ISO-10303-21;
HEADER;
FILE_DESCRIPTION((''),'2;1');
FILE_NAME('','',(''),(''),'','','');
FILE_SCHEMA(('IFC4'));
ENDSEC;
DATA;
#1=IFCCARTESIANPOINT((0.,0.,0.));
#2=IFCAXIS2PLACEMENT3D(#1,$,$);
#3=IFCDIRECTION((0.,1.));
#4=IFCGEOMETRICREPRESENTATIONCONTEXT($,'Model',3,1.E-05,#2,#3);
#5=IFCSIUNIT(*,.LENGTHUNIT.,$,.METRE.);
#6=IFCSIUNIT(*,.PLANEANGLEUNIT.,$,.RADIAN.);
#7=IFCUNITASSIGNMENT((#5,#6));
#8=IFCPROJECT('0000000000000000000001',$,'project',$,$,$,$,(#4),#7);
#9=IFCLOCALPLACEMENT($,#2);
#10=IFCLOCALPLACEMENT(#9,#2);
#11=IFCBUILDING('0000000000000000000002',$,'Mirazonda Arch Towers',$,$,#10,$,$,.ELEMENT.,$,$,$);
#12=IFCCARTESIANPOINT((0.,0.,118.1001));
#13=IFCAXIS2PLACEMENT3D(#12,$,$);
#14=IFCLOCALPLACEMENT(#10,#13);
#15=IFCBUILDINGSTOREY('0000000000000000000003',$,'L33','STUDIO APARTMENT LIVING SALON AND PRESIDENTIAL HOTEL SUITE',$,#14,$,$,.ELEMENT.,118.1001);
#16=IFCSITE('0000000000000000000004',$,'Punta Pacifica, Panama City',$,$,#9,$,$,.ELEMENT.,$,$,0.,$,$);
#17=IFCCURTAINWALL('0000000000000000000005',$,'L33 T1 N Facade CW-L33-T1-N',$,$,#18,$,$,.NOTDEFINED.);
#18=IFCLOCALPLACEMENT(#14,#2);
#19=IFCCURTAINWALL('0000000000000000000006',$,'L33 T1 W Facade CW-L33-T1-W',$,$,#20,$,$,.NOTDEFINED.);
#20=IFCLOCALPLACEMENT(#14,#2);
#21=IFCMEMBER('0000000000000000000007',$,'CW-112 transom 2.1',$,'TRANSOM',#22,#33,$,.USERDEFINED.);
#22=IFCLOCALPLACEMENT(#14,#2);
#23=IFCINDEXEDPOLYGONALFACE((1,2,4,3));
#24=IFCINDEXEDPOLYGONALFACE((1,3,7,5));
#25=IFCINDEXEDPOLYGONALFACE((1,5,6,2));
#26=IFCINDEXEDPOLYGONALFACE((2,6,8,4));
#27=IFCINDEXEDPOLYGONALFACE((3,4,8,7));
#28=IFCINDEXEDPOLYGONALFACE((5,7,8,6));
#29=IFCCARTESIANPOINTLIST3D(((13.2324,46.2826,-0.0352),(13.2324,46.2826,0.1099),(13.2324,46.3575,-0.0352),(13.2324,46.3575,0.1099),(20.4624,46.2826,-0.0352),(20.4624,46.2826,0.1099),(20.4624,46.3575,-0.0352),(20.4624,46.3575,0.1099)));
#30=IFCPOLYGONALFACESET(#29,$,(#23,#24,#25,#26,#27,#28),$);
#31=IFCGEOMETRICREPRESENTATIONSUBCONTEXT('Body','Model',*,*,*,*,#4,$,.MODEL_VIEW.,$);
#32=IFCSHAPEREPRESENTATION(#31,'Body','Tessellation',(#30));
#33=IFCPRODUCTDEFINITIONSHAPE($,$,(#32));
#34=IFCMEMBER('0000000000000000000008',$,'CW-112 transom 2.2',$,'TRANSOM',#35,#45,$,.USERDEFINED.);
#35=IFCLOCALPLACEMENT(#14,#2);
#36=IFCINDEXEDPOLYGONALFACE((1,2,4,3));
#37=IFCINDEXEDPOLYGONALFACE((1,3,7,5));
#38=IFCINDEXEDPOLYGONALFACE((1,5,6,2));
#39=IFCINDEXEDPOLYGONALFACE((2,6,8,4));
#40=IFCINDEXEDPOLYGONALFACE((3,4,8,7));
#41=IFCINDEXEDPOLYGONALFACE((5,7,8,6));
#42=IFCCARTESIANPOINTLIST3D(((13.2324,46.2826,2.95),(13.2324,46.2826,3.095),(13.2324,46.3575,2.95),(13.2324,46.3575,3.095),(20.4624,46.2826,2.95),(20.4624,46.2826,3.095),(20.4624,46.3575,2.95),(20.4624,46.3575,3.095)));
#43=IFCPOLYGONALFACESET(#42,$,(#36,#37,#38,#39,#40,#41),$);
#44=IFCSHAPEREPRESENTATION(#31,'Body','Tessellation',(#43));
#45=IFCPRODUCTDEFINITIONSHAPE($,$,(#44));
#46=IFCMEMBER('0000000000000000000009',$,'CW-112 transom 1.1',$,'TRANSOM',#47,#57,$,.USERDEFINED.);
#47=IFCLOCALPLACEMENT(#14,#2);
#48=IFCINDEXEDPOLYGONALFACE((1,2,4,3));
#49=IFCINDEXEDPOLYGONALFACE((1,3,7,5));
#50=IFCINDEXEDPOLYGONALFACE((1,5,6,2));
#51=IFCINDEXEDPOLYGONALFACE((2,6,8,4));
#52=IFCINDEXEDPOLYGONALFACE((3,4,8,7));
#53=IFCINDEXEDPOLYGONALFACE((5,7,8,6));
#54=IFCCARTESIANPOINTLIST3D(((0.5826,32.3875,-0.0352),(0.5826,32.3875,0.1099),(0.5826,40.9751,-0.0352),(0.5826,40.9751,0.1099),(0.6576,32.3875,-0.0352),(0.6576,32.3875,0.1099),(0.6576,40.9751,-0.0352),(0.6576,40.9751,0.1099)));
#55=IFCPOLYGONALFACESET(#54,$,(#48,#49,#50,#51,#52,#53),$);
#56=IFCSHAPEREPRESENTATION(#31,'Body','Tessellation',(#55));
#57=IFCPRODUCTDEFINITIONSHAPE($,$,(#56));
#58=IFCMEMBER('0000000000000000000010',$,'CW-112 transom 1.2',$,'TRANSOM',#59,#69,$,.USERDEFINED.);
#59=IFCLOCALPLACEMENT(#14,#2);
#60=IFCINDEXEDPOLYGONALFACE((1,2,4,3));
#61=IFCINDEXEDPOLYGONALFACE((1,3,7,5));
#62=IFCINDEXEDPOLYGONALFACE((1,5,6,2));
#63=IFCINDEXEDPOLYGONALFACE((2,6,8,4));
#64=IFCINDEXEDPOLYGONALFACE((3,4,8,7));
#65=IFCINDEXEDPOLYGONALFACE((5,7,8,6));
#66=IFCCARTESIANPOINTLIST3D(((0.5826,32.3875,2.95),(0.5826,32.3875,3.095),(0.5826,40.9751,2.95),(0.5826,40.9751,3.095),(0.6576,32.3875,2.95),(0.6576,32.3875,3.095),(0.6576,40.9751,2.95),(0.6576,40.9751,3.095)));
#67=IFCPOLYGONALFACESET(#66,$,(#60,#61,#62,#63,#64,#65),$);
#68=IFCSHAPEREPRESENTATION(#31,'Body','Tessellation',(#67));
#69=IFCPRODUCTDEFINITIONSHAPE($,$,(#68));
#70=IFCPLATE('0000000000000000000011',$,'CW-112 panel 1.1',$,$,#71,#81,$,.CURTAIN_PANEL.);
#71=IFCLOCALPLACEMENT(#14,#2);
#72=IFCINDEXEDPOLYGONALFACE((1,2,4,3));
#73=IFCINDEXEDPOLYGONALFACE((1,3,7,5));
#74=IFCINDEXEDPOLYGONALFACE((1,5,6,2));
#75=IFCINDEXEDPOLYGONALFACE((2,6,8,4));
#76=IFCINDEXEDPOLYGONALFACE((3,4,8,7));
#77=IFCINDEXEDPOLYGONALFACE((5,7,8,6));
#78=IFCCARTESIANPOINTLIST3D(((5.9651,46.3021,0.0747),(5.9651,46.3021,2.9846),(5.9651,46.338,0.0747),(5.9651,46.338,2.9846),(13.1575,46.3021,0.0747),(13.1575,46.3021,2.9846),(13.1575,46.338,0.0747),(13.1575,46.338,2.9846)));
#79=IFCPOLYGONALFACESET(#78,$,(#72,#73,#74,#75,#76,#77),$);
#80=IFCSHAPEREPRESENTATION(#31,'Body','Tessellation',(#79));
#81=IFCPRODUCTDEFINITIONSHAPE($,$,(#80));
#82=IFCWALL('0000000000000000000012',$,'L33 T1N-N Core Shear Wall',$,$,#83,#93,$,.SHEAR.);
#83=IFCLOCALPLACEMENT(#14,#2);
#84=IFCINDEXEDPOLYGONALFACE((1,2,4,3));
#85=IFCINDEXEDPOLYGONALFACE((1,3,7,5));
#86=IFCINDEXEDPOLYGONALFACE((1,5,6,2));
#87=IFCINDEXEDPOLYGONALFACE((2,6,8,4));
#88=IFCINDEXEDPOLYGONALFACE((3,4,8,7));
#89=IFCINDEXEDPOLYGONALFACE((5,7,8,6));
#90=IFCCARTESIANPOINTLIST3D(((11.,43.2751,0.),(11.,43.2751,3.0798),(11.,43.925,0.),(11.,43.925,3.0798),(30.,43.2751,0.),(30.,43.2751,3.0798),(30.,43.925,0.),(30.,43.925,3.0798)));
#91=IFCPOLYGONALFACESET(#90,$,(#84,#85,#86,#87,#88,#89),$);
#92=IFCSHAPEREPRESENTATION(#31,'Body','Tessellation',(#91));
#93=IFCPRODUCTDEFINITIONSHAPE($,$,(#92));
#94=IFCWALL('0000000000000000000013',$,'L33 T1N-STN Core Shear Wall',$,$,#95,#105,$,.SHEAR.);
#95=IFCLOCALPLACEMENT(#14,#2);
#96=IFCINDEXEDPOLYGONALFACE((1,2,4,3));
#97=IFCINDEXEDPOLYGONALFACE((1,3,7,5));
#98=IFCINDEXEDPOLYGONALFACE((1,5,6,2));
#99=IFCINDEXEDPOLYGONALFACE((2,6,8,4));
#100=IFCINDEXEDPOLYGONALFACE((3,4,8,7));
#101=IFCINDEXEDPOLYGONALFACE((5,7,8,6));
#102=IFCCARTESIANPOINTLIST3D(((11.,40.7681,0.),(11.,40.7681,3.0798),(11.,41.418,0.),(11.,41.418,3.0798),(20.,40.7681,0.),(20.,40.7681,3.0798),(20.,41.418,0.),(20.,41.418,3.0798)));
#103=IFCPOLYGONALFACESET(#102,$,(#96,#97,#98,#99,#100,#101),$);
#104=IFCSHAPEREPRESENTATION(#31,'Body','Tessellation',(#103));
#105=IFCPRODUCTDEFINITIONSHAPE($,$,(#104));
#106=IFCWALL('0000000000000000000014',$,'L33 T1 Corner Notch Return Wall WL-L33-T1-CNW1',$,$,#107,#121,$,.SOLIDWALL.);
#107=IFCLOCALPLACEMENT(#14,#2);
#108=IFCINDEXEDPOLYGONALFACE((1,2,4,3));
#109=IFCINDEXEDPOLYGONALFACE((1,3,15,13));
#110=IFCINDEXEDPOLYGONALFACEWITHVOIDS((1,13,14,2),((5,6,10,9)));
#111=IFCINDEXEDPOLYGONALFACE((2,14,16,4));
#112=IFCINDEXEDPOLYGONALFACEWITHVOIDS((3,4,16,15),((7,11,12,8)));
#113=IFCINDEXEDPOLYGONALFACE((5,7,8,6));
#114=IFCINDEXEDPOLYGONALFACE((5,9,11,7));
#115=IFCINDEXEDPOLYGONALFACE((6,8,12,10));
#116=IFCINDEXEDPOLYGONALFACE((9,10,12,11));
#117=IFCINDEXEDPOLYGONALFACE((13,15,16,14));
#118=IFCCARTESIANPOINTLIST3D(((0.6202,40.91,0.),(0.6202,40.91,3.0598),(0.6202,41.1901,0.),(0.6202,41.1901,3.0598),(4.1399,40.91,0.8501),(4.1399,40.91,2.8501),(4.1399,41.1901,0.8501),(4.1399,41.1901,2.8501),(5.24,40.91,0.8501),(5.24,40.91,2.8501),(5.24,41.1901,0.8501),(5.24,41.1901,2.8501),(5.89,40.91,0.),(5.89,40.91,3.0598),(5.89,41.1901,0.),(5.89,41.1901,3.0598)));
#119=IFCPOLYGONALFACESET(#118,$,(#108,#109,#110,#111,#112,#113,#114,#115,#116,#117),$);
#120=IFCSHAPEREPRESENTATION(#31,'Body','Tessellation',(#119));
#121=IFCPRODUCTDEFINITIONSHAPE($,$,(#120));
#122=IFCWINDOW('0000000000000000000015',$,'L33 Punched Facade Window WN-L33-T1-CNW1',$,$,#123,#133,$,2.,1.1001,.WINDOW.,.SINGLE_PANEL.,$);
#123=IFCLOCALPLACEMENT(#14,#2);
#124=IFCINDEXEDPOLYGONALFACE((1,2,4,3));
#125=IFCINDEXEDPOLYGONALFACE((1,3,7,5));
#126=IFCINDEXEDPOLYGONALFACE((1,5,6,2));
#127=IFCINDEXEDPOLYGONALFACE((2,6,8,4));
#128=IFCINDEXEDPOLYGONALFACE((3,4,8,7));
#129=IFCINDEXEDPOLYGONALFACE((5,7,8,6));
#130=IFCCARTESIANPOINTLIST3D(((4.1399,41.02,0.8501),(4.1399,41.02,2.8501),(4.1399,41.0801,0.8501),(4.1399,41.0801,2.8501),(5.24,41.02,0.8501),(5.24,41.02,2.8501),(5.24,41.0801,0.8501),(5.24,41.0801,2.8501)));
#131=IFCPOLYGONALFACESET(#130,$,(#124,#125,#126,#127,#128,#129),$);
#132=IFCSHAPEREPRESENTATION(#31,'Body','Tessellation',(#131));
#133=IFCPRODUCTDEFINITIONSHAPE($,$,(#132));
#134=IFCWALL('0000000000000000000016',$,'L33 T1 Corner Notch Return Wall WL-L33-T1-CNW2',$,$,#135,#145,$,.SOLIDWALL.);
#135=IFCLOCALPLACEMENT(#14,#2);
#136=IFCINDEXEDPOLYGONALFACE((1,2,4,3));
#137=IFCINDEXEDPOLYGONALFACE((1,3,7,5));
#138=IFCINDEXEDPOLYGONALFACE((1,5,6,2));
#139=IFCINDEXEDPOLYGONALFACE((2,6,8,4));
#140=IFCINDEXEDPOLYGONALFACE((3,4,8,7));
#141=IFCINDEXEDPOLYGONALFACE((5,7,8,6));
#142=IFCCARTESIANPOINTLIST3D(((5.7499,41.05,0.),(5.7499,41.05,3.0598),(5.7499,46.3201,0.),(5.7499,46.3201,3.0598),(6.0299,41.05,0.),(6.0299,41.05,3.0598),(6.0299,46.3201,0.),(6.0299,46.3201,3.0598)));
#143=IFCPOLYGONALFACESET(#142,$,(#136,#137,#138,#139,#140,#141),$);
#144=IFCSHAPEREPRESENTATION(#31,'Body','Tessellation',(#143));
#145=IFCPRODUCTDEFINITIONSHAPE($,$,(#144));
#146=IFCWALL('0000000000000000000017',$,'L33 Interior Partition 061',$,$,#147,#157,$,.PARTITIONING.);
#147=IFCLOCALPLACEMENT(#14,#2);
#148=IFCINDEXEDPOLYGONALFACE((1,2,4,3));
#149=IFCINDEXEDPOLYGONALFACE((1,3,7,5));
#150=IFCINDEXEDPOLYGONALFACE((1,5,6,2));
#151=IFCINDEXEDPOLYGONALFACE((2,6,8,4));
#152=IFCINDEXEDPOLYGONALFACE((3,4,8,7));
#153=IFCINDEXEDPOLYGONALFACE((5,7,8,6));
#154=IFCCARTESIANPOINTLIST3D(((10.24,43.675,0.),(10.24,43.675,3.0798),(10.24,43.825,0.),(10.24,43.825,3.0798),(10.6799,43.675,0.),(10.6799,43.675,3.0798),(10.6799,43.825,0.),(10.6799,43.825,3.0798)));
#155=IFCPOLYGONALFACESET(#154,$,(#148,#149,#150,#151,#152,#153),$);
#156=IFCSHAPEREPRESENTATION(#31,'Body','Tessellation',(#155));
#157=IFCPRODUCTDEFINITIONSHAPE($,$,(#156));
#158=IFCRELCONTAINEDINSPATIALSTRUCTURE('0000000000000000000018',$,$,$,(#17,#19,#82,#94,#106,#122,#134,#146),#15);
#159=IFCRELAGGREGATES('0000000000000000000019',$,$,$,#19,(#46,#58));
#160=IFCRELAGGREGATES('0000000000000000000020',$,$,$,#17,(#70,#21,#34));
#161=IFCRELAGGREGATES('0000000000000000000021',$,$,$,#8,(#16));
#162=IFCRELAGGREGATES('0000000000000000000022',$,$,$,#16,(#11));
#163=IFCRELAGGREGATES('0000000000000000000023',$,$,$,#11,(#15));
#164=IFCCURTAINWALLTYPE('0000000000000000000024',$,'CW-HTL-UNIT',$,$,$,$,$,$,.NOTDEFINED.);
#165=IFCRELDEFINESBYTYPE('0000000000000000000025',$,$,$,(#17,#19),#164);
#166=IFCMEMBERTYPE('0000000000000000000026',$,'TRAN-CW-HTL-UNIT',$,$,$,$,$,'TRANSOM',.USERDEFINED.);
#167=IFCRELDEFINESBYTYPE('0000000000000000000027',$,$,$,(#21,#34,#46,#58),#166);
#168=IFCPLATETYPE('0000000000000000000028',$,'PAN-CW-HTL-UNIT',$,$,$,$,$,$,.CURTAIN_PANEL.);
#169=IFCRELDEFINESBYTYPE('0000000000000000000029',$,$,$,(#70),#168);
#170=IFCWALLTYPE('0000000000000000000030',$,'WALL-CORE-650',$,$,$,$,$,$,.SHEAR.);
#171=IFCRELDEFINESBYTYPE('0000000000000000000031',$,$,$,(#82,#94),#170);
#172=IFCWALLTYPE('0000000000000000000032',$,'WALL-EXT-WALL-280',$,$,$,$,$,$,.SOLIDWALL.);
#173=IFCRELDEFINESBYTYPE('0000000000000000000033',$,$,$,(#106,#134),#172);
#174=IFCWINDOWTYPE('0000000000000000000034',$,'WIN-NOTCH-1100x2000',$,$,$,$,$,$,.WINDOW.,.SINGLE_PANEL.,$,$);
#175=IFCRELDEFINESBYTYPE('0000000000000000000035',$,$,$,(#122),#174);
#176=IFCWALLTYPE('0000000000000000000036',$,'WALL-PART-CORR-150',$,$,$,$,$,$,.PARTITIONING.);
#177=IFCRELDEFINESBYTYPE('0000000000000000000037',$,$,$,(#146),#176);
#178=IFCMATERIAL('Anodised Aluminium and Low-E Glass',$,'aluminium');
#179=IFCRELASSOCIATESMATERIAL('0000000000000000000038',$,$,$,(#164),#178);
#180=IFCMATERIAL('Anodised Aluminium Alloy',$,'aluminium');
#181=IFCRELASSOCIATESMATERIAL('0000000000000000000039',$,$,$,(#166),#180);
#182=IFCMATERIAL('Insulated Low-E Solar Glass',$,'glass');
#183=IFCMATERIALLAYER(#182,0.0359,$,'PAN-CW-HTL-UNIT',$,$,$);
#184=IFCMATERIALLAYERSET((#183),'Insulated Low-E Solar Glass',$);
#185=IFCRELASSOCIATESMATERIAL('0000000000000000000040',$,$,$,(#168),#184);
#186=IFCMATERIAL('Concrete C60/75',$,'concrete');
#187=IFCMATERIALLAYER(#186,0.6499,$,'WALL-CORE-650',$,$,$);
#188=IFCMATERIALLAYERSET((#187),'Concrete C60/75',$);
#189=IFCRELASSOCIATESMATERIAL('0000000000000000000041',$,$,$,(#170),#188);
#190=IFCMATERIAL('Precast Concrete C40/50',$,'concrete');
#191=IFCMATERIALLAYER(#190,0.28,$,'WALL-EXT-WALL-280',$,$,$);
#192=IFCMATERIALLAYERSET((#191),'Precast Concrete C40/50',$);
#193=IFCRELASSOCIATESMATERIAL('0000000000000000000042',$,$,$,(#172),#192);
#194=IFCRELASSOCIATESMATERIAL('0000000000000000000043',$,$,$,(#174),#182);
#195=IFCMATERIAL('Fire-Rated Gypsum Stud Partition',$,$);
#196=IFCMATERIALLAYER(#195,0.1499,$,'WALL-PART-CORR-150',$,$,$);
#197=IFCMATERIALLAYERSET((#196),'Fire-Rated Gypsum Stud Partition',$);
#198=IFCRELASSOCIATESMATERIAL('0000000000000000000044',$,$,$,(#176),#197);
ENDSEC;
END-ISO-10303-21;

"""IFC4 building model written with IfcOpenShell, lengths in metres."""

from ifc_helpers import new_model, si_unit, direction, frame, frame_2d, origin, origin_2d, place, context, subcontext, project, spatial, rectangle, extrude, material, layer, layer_set, material_profile, profile_set, type_object, element, fill, aggregate, save


model = new_model("IFC4")

# Units and contexts
model_context = context("Model", 3, precision=1e-05, world=origin(), true_north=direction((0.0, 1.0)))
body_context = subcontext(model_context, "Body", "Model", "MODEL_VIEW")
ifc_project = project(units=[si_unit("LENGTHUNIT", "METRE"), si_unit("PLANEANGLEUNIT", "RADIAN")], contexts=[model_context])

# Site, building, storey
site_placement = place(None, origin())
site = spatial("IfcSite", under=ifc_project, at=site_placement, Name="Punta Pacifica, Panama City", CompositionType="ELEMENT", RefElevation=0.0)
building_placement = place(site_placement, origin())
building = spatial("IfcBuilding", under=site, at=building_placement, Name="Mirazonda Arch Towers", CompositionType="ELEMENT")
storey_placement = place(building_placement, frame((0.0, 0.0, 118.1001)))
storey = spatial("IfcBuildingStorey", under=building, at=storey_placement, Name="L33", Description="STUDIO APARTMENT LIVING SALON AND PRESIDENTIAL HOTEL SUITE", CompositionType="ELEMENT", Elevation=118.1001)

# Curtain wall
ifc_material_1 = material(Name="Anodised Aluminium and Low-E Glass", Category="aluminium")
curtain_wall_type = type_object("IfcCurtainWallType", Name="CW-HTL-UNIT", PredefinedType="NOTDEFINED", material=ifc_material_1)
curtain_wall_1_placement = place(storey_placement, origin())
curtain_wall_1 = element("IfcCurtainWall", 1, at=curtain_wall_1_placement, inside=storey, type_object=curtain_wall_type, Name="L33 T1 N Facade CW-L33-T1-N", PredefinedType="NOTDEFINED")
ifc_material_2 = material(Name="Anodised Aluminium Alloy", Category="aluminium")

# Curtain wall
curtain_wall_2_placement = place(storey_placement, origin())
curtain_wall_2 = element("IfcCurtainWall", 2, at=curtain_wall_2_placement, inside=storey, type_object=curtain_wall_type, Name="L33 T1 W Facade CW-L33-T1-W", PredefinedType="NOTDEFINED")

# Members
ifc_material_profile_1 = material_profile(ifc_material_2, rectangle(XDim=0.075, YDim=0.145, at=origin_2d()), Name="ALU-TRAN-75x145")
ifc_profile_set_1 = profile_set([ifc_material_profile_1], Name="Anodised Aluminium Alloy")
member_type_1 = type_object("IfcMemberType", Name="TRAN-CW-HTL-UNIT", ElementType="TRANSOM", PredefinedType="USERDEFINED", material=ifc_profile_set_1)
member_1_placement = place(storey_placement, frame((13.2324, 46.3201, 0.0374), z_axis=(1.0, 0.0, 0.0), x_axis=(0.0, 1.0, 0.0)))
member_1 = element("IfcMember", 3, at=member_1_placement, type_object=member_type_1, Name="CW-112 transom 2.1", ObjectType="TRANSOM", PredefinedType="USERDEFINED", context=body_context, shape_type="SweptSolid", body=[
    extrude(rectangle(XDim=0.075, YDim=0.145, at=origin_2d()), origin(), (0.0, 0.0, 1.0), 7.23),
])
member_2_placement = place(storey_placement, frame((13.2324, 46.3201, 3.0225), z_axis=(1.0, 0.0, 0.0), x_axis=(0.0, 1.0, 0.0)))
member_2 = element("IfcMember", 4, at=member_2_placement, type_object=member_type_1, Name="CW-112 transom 2.2", ObjectType="TRANSOM", PredefinedType="USERDEFINED", context=body_context, shape_type="SweptSolid", body=[
    extrude(rectangle(XDim=0.075, YDim=0.145, at=origin_2d()), origin(), (0.0, 0.0, 1.0), 7.23),
])
member_3_placement = place(storey_placement, frame((0.6201, 40.9751, 0.0374), z_axis=(0.0, -1.0, 0.0), x_axis=(1.0, 0.0, 0.0)))
member_3 = element("IfcMember", 5, at=member_3_placement, type_object=member_type_1, Name="CW-112 transom 1.1", ObjectType="TRANSOM", PredefinedType="USERDEFINED", context=body_context, shape_type="SweptSolid", body=[
    extrude(rectangle(XDim=0.075, YDim=0.145, at=origin_2d()), origin(), (0.0, 0.0, 1.0), 8.5876),
])
member_4_placement = place(storey_placement, frame((0.6201, 40.9751, 3.0225), z_axis=(0.0, -1.0, 0.0), x_axis=(1.0, 0.0, 0.0)))
member_4 = element("IfcMember", 6, at=member_4_placement, type_object=member_type_1, Name="CW-112 transom 1.2", ObjectType="TRANSOM", PredefinedType="USERDEFINED", context=body_context, shape_type="SweptSolid", body=[
    extrude(rectangle(XDim=0.075, YDim=0.145, at=origin_2d()), origin(), (0.0, 0.0, 1.0), 8.5876),
])
aggregate(curtain_wall_2, [member_3, member_4])

# Plate
ifc_material_3 = material(Name="Insulated Low-E Solar Glass", Category="glass")
ifc_layer_1 = layer(ifc_material_3, 0.0359, Name="PAN-CW-HTL-UNIT")
ifc_layer_set_1 = layer_set([ifc_layer_1], Name="Insulated Low-E Solar Glass")
plate_type = type_object("IfcPlateType", Name="PAN-CW-HTL-UNIT", PredefinedType="CURTAIN_PANEL", material=ifc_layer_set_1)
plate_placement = place(storey_placement, frame((9.5613, 46.3201, 0.0747), z_axis=(0.0, 0.0, 1.0), x_axis=(1.0, 0.0, 0.0)))
plate = element("IfcPlate", 7, at=plate_placement, type_object=plate_type, Name="CW-112 panel 1.1", PredefinedType="CURTAIN_PANEL", context=body_context, shape_type="SweptSolid", body=[
    extrude(rectangle(XDim=7.1924, YDim=0.0359, at=origin_2d()), origin(), (0.0, 0.0, 1.0), 2.9099),
])
aggregate(curtain_wall_1, [plate, member_1, member_2])

# Walls
ifc_material_4 = material(Name="Concrete C60/75", Category="concrete")
ifc_layer_2 = layer(ifc_material_4, 0.6499, Name="WALL-CORE-650")
ifc_layer_set_2 = layer_set([ifc_layer_2], Name="Concrete C60/75")
wall_type_1 = type_object("IfcWallType", Name="WALL-CORE-650", PredefinedType="SHEAR", material=ifc_layer_set_2)
wall_1_placement = place(storey_placement, frame((11.0, 43.6001, 0.0), z_axis=(0.0, 0.0, 1.0), x_axis=(1.0, 0.0, 0.0)))
element("IfcWall", 8, at=wall_1_placement, inside=storey, type_object=wall_type_1, Name="L33 T1N-N Core Shear Wall", PredefinedType="SHEAR", context=body_context, shape_type="SweptSolid", body=[
    extrude(rectangle(XDim=19.0, YDim=0.6499, at=frame_2d((9.5, 0.0))), origin(), (0.0, 0.0, 1.0), 3.0798),
])
wall_2_placement = place(storey_placement, frame((11.0, 41.093, 0.0), z_axis=(0.0, 0.0, 1.0), x_axis=(1.0, 0.0, 0.0)))
element("IfcWall", 9, at=wall_2_placement, inside=storey, type_object=wall_type_1, Name="L33 T1N-STN Core Shear Wall", PredefinedType="SHEAR", context=body_context, shape_type="SweptSolid", body=[
    extrude(rectangle(XDim=9.0, YDim=0.6499, at=frame_2d((4.5, 0.0))), origin(), (0.0, 0.0, 1.0), 3.0798),
])

# Wall, opening, window
ifc_material_5 = material(Name="Precast Concrete C40/50", Category="concrete")
ifc_layer_3 = layer(ifc_material_5, 0.28, Name="WALL-EXT-WALL-280")
ifc_layer_set_3 = layer_set([ifc_layer_3], Name="Precast Concrete C40/50")
wall_type_2 = type_object("IfcWallType", Name="WALL-EXT-WALL-280", PredefinedType="SOLIDWALL", material=ifc_layer_set_3)
wall_3_placement = place(storey_placement, frame((5.8899, 41.05, 0.0), z_axis=(0.0, 0.0, 1.0), x_axis=(-1.0, 0.0, 0.0)))
wall_3 = element("IfcWall", 10, at=wall_3_placement, inside=storey, type_object=wall_type_2, Name="L33 T1 Corner Notch Return Wall WL-L33-T1-CNW1", PredefinedType="SOLIDWALL", context=body_context, shape_type="SweptSolid", body=[
    extrude(rectangle(XDim=5.2698, YDim=0.28, at=frame_2d((2.6348, 0.0))), origin(), (0.0, 0.0, 1.0), 3.0598),
])
opening_1_placement = place(wall_3_placement, frame((0.6499, 0.0, 0.8501)))
opening_1 = element("IfcOpeningElement", 11, at=opening_1_placement, cuts=wall_3, PredefinedType="OPENING", context=body_context, shape_type="SweptSolid", body=[
    extrude(rectangle(XDim=1.1001, YDim=2.0, at=frame_2d((0.55, 1.0))), frame((0.0, 0.1499, 0.0), z_axis=(0.0, -1.0, 0.0), x_axis=(1.0, 0.0, 0.0)), (0.0, 0.0, 1.0), 0.3),
])
window_type = type_object("IfcWindowType", Name="WIN-NOTCH-1100x2000", PartitioningType="SINGLE_PANEL", PredefinedType="WINDOW", material=ifc_material_3)
window_placement = place(opening_1_placement, origin())
window = element("IfcWindow", 12, at=window_placement, inside=storey, type_object=window_type, Name="L33 Punched Facade Window WN-L33-T1-CNW1", OverallHeight=2.0, OverallWidth=1.1001, PartitioningType="SINGLE_PANEL", PredefinedType="WINDOW", context=body_context, shape_type="SweptSolid", body=[
    extrude(rectangle(XDim=1.1001, YDim=2.0, at=frame_2d((0.55, 1.0))), frame((0.0, 0.03, 0.0), z_axis=(0.0, -1.0, 0.0), x_axis=(1.0, 0.0, 0.0)), (0.0, 0.0, 1.0), 0.0601),
])
fill(opening_1, window)

# Walls
wall_4_placement = place(storey_placement, frame((5.8899, 46.3201, 0.0), z_axis=(0.0, 0.0, 1.0), x_axis=(0.0, -1.0, 0.0)))
element("IfcWall", 13, at=wall_4_placement, inside=storey, type_object=wall_type_2, Name="L33 T1 Corner Notch Return Wall WL-L33-T1-CNW2", PredefinedType="SOLIDWALL", context=body_context, shape_type="SweptSolid", body=[
    extrude(rectangle(XDim=5.27, YDim=0.28, at=frame_2d((2.635, 0.0))), origin(), (0.0, 0.0, 1.0), 3.0598),
])
ifc_material_6 = material(Name="Fire-Rated Gypsum Stud Partition")
ifc_layer_4 = layer(ifc_material_6, 0.1499, Name="WALL-PART-CORR-150")
ifc_layer_set_4 = layer_set([ifc_layer_4], Name="Fire-Rated Gypsum Stud Partition")
wall_type_3 = type_object("IfcWallType", Name="WALL-PART-CORR-150", PredefinedType="PARTITIONING", material=ifc_layer_set_4)
wall_5_placement = place(storey_placement, frame((10.24, 43.75, 0.0), z_axis=(0.0, 0.0, 1.0), x_axis=(1.0, 0.0, 0.0)))
element("IfcWall", 14, at=wall_5_placement, inside=storey, type_object=wall_type_3, Name="L33 Interior Partition 061", PredefinedType="PARTITIONING", context=body_context, shape_type="SweptSolid", body=[
    extrude(rectangle(XDim=0.4399, YDim=0.1499, at=frame_2d((0.22, 0.0))), origin(), (0.0, 0.0, 1.0), 3.0798),
])

save(model, "model.ifc")
